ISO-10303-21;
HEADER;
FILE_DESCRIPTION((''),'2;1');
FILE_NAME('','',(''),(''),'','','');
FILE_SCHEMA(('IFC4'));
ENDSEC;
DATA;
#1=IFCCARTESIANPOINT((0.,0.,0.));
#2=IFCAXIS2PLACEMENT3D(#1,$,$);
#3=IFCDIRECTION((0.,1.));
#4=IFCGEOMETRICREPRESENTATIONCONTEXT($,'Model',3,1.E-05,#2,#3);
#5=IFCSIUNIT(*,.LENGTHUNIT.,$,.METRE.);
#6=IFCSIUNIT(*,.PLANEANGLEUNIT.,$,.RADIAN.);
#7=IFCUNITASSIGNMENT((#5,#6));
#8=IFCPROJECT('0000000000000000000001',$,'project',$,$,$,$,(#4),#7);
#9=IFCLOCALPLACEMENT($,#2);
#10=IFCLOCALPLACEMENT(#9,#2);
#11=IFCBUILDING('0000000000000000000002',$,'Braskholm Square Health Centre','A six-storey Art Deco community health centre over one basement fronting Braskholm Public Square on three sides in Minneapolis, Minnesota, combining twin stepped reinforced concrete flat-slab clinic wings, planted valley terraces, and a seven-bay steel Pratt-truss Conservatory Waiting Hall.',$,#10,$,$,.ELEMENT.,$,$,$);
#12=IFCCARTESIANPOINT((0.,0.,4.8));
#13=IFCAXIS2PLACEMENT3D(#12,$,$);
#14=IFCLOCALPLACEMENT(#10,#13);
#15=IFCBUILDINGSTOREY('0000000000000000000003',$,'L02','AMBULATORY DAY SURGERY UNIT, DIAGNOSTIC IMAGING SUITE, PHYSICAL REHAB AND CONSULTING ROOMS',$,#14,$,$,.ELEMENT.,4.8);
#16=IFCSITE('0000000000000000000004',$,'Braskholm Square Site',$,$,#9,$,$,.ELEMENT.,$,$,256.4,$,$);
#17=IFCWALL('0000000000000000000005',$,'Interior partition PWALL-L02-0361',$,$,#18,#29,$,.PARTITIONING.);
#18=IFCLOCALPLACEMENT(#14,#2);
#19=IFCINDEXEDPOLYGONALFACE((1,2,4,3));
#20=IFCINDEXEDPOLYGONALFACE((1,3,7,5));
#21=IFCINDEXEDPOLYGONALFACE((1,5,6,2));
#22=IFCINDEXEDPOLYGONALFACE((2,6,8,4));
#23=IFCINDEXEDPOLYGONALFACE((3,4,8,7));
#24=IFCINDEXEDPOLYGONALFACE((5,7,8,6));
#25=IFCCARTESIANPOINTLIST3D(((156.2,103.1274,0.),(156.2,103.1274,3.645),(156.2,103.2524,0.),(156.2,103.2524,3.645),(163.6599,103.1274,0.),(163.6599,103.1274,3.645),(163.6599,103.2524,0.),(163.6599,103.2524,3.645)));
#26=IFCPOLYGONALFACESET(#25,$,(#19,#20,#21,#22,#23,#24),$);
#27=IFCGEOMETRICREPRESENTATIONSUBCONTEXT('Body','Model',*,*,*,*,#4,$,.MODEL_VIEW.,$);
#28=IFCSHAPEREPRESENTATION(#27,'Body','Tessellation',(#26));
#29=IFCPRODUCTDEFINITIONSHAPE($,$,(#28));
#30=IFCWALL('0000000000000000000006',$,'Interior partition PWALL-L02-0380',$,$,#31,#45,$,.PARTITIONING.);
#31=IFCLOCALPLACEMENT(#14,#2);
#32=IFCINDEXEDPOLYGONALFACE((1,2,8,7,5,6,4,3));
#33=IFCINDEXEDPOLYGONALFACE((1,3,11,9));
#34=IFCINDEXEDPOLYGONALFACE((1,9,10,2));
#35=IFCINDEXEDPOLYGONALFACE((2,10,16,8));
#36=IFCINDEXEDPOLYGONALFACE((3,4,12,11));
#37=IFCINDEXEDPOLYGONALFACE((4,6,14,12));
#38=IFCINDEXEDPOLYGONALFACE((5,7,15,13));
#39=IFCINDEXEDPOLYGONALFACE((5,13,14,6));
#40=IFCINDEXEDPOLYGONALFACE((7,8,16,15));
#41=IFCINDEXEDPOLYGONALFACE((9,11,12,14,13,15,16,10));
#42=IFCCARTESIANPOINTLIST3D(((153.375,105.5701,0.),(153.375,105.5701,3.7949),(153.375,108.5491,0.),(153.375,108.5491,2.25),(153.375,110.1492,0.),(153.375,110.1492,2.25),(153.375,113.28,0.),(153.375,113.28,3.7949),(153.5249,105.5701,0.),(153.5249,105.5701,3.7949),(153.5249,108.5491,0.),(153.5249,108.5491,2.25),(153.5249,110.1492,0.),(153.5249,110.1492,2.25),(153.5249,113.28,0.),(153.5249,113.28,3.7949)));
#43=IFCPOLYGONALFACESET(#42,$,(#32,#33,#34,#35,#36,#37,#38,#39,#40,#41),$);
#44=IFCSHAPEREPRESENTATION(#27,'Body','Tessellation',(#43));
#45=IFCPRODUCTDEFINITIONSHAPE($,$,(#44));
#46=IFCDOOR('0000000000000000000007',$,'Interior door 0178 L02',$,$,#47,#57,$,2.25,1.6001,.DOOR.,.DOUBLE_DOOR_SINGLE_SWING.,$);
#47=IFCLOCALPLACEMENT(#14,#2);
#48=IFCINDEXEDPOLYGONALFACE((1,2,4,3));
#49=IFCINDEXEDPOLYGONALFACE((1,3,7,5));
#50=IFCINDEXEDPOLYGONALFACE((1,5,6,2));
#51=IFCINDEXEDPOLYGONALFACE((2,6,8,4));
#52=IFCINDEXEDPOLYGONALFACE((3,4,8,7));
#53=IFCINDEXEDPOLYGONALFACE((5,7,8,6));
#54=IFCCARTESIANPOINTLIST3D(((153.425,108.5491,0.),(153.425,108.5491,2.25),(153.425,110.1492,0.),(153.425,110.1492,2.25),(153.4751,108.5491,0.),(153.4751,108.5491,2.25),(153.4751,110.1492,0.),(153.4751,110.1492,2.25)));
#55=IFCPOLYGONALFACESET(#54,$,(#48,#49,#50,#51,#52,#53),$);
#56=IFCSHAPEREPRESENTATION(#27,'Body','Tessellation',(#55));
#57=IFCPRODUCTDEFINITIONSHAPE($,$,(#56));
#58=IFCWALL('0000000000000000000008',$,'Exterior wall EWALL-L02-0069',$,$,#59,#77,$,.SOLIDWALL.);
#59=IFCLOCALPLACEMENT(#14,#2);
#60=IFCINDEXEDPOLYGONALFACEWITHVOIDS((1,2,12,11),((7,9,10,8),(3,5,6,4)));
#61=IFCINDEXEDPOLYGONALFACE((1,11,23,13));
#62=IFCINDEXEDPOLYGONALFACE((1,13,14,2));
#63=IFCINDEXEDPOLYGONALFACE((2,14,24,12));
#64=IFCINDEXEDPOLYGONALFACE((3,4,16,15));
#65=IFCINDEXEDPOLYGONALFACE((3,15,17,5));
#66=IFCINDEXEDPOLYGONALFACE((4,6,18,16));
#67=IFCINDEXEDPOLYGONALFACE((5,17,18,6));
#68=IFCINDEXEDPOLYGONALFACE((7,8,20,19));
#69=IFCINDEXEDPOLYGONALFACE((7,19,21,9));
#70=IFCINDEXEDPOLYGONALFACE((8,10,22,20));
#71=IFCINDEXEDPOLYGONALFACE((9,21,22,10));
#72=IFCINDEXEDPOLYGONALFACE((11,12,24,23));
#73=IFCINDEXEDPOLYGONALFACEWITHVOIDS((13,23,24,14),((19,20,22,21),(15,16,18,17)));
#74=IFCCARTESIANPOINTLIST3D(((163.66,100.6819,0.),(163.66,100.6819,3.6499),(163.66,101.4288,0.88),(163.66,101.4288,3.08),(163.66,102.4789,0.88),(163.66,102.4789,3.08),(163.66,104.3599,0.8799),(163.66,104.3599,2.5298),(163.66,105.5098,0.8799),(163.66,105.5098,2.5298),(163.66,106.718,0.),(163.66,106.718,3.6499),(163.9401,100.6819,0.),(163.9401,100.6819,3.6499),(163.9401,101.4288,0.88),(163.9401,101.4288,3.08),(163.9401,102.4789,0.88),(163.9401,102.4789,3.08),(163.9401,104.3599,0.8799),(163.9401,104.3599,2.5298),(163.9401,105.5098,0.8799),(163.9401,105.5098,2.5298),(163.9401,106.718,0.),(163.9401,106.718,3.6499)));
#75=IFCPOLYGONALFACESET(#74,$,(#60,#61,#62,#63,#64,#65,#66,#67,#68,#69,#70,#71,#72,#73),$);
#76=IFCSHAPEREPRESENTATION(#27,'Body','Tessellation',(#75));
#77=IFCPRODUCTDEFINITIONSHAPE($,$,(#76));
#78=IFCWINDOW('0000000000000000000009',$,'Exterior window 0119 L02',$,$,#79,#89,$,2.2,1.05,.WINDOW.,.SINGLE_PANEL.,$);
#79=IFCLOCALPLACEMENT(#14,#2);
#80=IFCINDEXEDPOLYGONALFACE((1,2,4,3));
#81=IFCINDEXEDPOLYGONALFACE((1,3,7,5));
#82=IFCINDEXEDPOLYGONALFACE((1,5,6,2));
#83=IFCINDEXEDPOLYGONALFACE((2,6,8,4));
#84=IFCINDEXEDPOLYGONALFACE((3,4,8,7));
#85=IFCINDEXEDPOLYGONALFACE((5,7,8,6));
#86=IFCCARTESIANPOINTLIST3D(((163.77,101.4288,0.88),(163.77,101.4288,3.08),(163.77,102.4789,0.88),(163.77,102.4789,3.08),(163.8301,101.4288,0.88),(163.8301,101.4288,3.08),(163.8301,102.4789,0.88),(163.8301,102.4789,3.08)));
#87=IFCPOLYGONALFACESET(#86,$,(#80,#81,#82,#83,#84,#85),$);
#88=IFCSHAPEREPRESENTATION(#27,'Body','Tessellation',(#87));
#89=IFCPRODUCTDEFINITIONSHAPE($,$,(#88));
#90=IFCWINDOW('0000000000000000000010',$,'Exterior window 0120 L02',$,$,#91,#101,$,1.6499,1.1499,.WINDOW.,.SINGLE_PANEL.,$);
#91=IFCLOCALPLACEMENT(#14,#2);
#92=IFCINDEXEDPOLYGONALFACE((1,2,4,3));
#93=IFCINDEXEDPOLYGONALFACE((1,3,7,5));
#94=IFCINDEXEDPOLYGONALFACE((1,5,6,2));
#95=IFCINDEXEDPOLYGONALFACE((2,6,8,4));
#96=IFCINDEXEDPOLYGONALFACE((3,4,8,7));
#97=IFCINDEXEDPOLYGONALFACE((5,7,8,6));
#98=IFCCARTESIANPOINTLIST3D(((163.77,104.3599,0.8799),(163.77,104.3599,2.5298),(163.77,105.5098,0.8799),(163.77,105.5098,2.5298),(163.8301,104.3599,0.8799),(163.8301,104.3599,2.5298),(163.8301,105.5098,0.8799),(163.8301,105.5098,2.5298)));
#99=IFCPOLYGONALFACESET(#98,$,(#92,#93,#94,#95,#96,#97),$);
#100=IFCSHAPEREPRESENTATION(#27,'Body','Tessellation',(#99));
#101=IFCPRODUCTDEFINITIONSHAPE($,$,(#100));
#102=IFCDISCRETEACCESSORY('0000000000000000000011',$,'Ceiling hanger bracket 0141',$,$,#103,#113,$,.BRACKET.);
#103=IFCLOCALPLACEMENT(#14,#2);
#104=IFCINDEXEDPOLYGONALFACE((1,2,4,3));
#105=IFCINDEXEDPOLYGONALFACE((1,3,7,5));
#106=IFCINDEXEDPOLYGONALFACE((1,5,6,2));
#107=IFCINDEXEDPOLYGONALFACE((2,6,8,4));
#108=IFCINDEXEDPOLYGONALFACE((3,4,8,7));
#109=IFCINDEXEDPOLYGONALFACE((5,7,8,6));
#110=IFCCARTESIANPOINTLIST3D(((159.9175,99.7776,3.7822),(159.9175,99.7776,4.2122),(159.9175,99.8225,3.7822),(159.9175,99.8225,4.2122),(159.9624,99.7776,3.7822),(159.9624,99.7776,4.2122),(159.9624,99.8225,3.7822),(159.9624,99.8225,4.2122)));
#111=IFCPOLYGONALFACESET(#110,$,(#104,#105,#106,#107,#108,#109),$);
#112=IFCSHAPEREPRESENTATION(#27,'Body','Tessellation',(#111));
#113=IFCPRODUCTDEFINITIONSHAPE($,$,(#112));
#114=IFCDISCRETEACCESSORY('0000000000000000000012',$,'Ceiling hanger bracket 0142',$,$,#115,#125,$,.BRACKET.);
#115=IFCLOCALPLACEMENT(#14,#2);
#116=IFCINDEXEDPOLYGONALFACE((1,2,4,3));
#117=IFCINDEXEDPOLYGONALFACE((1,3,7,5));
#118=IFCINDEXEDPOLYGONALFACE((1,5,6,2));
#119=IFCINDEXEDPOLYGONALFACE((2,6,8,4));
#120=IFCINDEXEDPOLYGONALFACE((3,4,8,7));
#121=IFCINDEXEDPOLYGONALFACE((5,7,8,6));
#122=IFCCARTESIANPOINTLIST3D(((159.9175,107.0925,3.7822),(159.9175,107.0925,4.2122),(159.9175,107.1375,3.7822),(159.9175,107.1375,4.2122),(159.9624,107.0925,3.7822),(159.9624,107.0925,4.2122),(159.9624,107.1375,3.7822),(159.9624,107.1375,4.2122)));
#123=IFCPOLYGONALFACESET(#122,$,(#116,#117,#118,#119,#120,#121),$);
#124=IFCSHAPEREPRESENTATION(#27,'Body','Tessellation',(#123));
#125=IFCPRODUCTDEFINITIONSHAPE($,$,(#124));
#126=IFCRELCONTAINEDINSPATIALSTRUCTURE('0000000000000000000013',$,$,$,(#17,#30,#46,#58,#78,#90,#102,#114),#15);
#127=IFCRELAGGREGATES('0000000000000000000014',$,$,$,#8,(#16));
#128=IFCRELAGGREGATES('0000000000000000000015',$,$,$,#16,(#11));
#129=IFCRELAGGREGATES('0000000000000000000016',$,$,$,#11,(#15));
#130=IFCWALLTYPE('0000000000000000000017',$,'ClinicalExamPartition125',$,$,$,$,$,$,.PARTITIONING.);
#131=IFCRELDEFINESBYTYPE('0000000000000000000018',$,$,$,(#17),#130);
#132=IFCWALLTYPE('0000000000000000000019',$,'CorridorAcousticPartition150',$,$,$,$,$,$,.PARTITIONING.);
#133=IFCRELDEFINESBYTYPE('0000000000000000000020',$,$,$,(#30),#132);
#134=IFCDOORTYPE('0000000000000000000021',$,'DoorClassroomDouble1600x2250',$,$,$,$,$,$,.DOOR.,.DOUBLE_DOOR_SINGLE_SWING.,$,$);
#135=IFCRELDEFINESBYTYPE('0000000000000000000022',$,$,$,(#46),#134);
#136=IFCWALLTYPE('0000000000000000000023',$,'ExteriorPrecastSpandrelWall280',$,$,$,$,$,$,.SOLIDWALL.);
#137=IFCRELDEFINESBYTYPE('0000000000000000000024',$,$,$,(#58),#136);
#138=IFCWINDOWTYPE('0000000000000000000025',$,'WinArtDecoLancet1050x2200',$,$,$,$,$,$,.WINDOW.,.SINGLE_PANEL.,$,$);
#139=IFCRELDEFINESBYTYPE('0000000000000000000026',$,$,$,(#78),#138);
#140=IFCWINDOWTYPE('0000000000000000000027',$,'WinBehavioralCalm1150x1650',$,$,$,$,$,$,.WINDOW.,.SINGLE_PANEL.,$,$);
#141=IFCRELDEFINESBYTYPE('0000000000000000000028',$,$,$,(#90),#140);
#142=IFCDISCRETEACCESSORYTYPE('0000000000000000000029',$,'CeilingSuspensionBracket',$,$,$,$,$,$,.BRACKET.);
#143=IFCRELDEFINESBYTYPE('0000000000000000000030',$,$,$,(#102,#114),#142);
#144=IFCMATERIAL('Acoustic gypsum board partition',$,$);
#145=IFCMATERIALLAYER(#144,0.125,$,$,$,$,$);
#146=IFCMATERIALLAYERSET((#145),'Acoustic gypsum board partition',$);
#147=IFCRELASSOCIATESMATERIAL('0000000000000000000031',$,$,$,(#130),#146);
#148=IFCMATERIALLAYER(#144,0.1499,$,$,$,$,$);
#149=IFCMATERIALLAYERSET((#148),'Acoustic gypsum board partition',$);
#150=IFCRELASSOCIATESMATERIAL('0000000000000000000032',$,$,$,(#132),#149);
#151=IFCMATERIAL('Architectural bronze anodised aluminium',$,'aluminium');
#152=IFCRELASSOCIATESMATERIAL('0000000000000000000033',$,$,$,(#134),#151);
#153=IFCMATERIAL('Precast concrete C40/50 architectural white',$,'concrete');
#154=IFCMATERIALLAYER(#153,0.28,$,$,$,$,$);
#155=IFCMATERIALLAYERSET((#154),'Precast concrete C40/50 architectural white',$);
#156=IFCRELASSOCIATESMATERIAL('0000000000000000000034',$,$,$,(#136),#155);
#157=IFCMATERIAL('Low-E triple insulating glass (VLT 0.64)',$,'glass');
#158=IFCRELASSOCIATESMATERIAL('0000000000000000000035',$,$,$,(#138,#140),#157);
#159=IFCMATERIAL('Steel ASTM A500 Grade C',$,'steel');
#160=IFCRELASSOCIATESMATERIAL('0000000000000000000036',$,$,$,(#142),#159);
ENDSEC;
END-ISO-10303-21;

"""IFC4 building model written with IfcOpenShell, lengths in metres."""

from ifc_helpers import new_model, si_unit, direction, frame, frame_2d, origin, origin_with_axes, origin_2d, place, context, subcontext, project, spatial, rectangle, extrude, material, layer, layer_set, type_object, element, fill, save


model = new_model("IFC4")

# Units and contexts
model_context = context("Model", 3, precision=1e-05, world=origin(), true_north=direction((0.0, 1.0)))
body_context = subcontext(model_context, "Body", "Model", "MODEL_VIEW")
ifc_project = project(units=[si_unit("LENGTHUNIT", "METRE"), si_unit("PLANEANGLEUNIT", "RADIAN")], contexts=[model_context])

# Site, building, storey
site_placement = place(None, origin())
site = spatial("IfcSite", under=ifc_project, at=site_placement, Name="Braskholm Square Site", CompositionType="ELEMENT", RefElevation=256.4)
building_placement = place(site_placement, origin())
building = spatial("IfcBuilding", under=site, at=building_placement, Name="Braskholm Square Health Centre", Description="A six-storey Art Deco community health centre over one basement fronting Braskholm Public Square on three sides in Minneapolis, Minnesota, combining twin stepped reinforced concrete flat-slab clinic wings, planted valley terraces, and a seven-bay steel Pratt-truss Conservatory Waiting Hall.", CompositionType="ELEMENT")
storey_placement = place(building_placement, frame((0.0, 0.0, 4.8)))
storey = spatial("IfcBuildingStorey", under=building, at=storey_placement, Name="L02", Description="AMBULATORY DAY SURGERY UNIT, DIAGNOSTIC IMAGING SUITE, PHYSICAL REHAB AND CONSULTING ROOMS", CompositionType="ELEMENT", Elevation=4.8)

# Shared definitions
ifc_material_1 = material(Name="Precast concrete C40/50 architectural white", Category="concrete")

# Shared definitions
ifc_material_2 = material(Name="Low-E triple insulating glass (VLT 0.64)", Category="glass")
ifc_material_3 = material(Name="Architectural bronze anodised aluminium", Category="aluminium")

# Wall
ifc_material_4 = material(Name="Acoustic gypsum board partition")
ifc_layer_1 = layer(ifc_material_4, 0.125)
ifc_layer_set_1 = layer_set([ifc_layer_1], Name="Acoustic gypsum board partition")
wall_type_1 = type_object("IfcWallType", Name="ClinicalExamPartition125", PredefinedType="PARTITIONING", material=ifc_layer_set_1)
wall_1_placement = place(storey_placement, frame((156.2, 103.1899, 0.0), z_axis=(0.0, 0.0, 1.0), x_axis=(1.0, 0.0, 0.0)))
element("IfcWall", 1, at=wall_1_placement, inside=storey, type_object=wall_type_1, Name="Interior partition PWALL-L02-0361", PredefinedType="PARTITIONING", context=body_context, shape_type="SweptSolid", body=[
    extrude(rectangle(XDim=7.46, YDim=0.125, at=frame_2d((3.73, 0.0))), origin(), (0.0, 0.0, 1.0), 3.645),
])

# Wall, opening, door
ifc_layer_2 = layer(ifc_material_4, 0.1499)
ifc_layer_set_2 = layer_set([ifc_layer_2], Name="Acoustic gypsum board partition")
wall_type_2 = type_object("IfcWallType", Name="CorridorAcousticPartition150", PredefinedType="PARTITIONING", material=ifc_layer_set_2)
wall_2_placement = place(storey_placement, frame((153.45, 105.5701, 0.0), z_axis=(0.0, 0.0, 1.0), x_axis=(0.0, 1.0, 0.0)))
wall_2 = element("IfcWall", 2, at=wall_2_placement, inside=storey, type_object=wall_type_2, Name="Interior partition PWALL-L02-0380", PredefinedType="PARTITIONING", context=body_context, shape_type="SweptSolid", body=[
    extrude(rectangle(XDim=7.71, YDim=0.1499, at=frame_2d((3.855, 0.0))), origin(), (0.0, 0.0, 1.0), 3.7949),
])
opening_1_placement = place(wall_2_placement, frame((2.979, 0.0, 0.0)))
opening_1 = element("IfcOpeningElement", 3, at=opening_1_placement, cuts=wall_2, PredefinedType="OPENING", context=body_context, shape_type="SweptSolid", body=[
    extrude(rectangle(XDim=1.6001, YDim=2.25, at=frame_2d((0.8, 1.125))), frame((0.0, 0.085, 0.0), z_axis=(0.0, -1.0, 0.0), x_axis=(1.0, 0.0, 0.0)), (0.0, 0.0, 1.0), 0.1699),
])
door_type_1 = type_object("IfcDoorType", Name="DoorClassroomDouble1600x2250", OperationType="DOUBLE_DOOR_SINGLE_SWING", PredefinedType="DOOR", material=ifc_material_3)
door_1_placement = place(opening_1_placement, origin_with_axes())
door_1 = element("IfcDoor", 4, at=door_1_placement, inside=storey, type_object=door_type_1, Name="Interior door 0178 L02", OperationType="DOUBLE_DOOR_SINGLE_SWING", OverallHeight=2.25, OverallWidth=1.6001, PredefinedType="DOOR", context=body_context, shape_type="SweptSolid", body=[
    extrude(rectangle(XDim=1.6001, YDim=2.25, at=frame_2d((0.8, 1.125))), frame((0.0, 0.0249, 0.0), z_axis=(0.0, -1.0, 0.0), x_axis=(1.0, 0.0, 0.0)), (0.0, 0.0, 1.0), 0.05),
])
fill(opening_1, door_1)

# Wall, openings, windows
ifc_layer_3 = layer(ifc_material_1, 0.28)
ifc_layer_set_3 = layer_set([ifc_layer_3], Name="Precast concrete C40/50 architectural white")
wall_type_3 = type_object("IfcWallType", Name="ExteriorPrecastSpandrelWall280", PredefinedType="SOLIDWALL", material=ifc_layer_set_3)
wall_3_placement = place(storey_placement, frame((163.8, 100.6819, 0.0), z_axis=(0.0, 0.0, 1.0), x_axis=(0.0, 1.0, 0.0)))
wall_3 = element("IfcWall", 5, at=wall_3_placement, inside=storey, type_object=wall_type_3, Name="Exterior wall EWALL-L02-0069", PredefinedType="SOLIDWALL", context=body_context, shape_type="SweptSolid", body=[
    extrude(rectangle(XDim=6.0361, YDim=0.28, at=frame_2d((3.0181, 0.0))), origin(), (0.0, 0.0, 1.0), 3.6499),
])
opening_2_placement = place(wall_3_placement, frame((0.7471, 0.0, 0.8799)))
opening_2 = element("IfcOpeningElement", 6, at=opening_2_placement, cuts=wall_3, PredefinedType="OPENING", context=body_context, shape_type="SweptSolid", body=[
    extrude(rectangle(XDim=1.05, YDim=2.2, at=frame_2d((0.5249, 1.1001))), frame((0.0, 0.1499, 0.0), z_axis=(0.0, -1.0, 0.0), x_axis=(1.0, 0.0, 0.0)), (0.0, 0.0, 1.0), 0.3),
])
opening_3_placement = place(wall_3_placement, frame((3.678, 0.0, 0.8799)))
opening_3 = element("IfcOpeningElement", 7, at=opening_3_placement, cuts=wall_3, PredefinedType="OPENING", context=body_context, shape_type="SweptSolid", body=[
    extrude(rectangle(XDim=1.1499, YDim=1.6499, at=frame_2d((0.575, 0.825))), frame((0.0, 0.1499, 0.0), z_axis=(0.0, -1.0, 0.0), x_axis=(1.0, 0.0, 0.0)), (0.0, 0.0, 1.0), 0.3),
])
window_type_1 = type_object("IfcWindowType", Name="WinArtDecoLancet1050x2200", PartitioningType="SINGLE_PANEL", PredefinedType="WINDOW", material=ifc_material_2)
window_1_placement = place(opening_2_placement, origin_with_axes())
window_1 = element("IfcWindow", 8, at=window_1_placement, inside=storey, type_object=window_type_1, Name="Exterior window 0119 L02", OverallHeight=2.2, OverallWidth=1.05, PartitioningType="SINGLE_PANEL", PredefinedType="WINDOW", context=body_context, shape_type="SweptSolid", body=[
    extrude(rectangle(XDim=1.05, YDim=2.2, at=frame_2d((0.5249, 1.1001))), frame((0.0, 0.03, 0.0), z_axis=(0.0, -1.0, 0.0), x_axis=(1.0, 0.0, 0.0)), (0.0, 0.0, 1.0), 0.0601),
])
fill(opening_2, window_1)
window_type_2 = type_object("IfcWindowType", Name="WinBehavioralCalm1150x1650", PartitioningType="SINGLE_PANEL", PredefinedType="WINDOW", material=ifc_material_2)
window_2_placement = place(opening_3_placement, origin_with_axes())
window_2 = element("IfcWindow", 9, at=window_2_placement, inside=storey, type_object=window_type_2, Name="Exterior window 0120 L02", OverallHeight=1.6499, OverallWidth=1.1499, PartitioningType="SINGLE_PANEL", PredefinedType="WINDOW", context=body_context, shape_type="SweptSolid", body=[
    extrude(rectangle(XDim=1.1499, YDim=1.6499, at=frame_2d((0.575, 0.825))), frame((0.0, 0.03, 0.0), z_axis=(0.0, -1.0, 0.0), x_axis=(1.0, 0.0, 0.0)), (0.0, 0.0, 1.0), 0.0601),
])
fill(opening_3, window_2)

# Discrete accessories
ifc_material_5 = material(Name="Steel ASTM A500 Grade C", Category="steel")
discrete_accessory_type = type_object("IfcDiscreteAccessoryType", Name="CeilingSuspensionBracket", PredefinedType="BRACKET", material=ifc_material_5)
for number, where, z_axis, x_axis, name in (
    (10, (159.9399, 99.8, 3.7822), (0.0, 0.0, 1.0), (1.0, 0.0, 0.0), "Ceiling hanger bracket 0141"),
    (11, (159.9399, 107.115, 3.7822), (0.0, 0.0, 1.0), (1.0, 0.0, 0.0), "Ceiling hanger bracket 0142"),
):
    element("IfcDiscreteAccessory", number, at=place(storey_placement, frame(where, z_axis=z_axis, x_axis=x_axis)), inside=storey, type_object=discrete_accessory_type, Name=name, PredefinedType="BRACKET", context=body_context, shape_type="SweptSolid", body=[
        extrude(rectangle(XDim=0.0449, YDim=0.0449, at=origin_2d()), origin(), (0.0, 0.0, 1.0), 0.4299),
    ])

save(model, "model.ifc")
